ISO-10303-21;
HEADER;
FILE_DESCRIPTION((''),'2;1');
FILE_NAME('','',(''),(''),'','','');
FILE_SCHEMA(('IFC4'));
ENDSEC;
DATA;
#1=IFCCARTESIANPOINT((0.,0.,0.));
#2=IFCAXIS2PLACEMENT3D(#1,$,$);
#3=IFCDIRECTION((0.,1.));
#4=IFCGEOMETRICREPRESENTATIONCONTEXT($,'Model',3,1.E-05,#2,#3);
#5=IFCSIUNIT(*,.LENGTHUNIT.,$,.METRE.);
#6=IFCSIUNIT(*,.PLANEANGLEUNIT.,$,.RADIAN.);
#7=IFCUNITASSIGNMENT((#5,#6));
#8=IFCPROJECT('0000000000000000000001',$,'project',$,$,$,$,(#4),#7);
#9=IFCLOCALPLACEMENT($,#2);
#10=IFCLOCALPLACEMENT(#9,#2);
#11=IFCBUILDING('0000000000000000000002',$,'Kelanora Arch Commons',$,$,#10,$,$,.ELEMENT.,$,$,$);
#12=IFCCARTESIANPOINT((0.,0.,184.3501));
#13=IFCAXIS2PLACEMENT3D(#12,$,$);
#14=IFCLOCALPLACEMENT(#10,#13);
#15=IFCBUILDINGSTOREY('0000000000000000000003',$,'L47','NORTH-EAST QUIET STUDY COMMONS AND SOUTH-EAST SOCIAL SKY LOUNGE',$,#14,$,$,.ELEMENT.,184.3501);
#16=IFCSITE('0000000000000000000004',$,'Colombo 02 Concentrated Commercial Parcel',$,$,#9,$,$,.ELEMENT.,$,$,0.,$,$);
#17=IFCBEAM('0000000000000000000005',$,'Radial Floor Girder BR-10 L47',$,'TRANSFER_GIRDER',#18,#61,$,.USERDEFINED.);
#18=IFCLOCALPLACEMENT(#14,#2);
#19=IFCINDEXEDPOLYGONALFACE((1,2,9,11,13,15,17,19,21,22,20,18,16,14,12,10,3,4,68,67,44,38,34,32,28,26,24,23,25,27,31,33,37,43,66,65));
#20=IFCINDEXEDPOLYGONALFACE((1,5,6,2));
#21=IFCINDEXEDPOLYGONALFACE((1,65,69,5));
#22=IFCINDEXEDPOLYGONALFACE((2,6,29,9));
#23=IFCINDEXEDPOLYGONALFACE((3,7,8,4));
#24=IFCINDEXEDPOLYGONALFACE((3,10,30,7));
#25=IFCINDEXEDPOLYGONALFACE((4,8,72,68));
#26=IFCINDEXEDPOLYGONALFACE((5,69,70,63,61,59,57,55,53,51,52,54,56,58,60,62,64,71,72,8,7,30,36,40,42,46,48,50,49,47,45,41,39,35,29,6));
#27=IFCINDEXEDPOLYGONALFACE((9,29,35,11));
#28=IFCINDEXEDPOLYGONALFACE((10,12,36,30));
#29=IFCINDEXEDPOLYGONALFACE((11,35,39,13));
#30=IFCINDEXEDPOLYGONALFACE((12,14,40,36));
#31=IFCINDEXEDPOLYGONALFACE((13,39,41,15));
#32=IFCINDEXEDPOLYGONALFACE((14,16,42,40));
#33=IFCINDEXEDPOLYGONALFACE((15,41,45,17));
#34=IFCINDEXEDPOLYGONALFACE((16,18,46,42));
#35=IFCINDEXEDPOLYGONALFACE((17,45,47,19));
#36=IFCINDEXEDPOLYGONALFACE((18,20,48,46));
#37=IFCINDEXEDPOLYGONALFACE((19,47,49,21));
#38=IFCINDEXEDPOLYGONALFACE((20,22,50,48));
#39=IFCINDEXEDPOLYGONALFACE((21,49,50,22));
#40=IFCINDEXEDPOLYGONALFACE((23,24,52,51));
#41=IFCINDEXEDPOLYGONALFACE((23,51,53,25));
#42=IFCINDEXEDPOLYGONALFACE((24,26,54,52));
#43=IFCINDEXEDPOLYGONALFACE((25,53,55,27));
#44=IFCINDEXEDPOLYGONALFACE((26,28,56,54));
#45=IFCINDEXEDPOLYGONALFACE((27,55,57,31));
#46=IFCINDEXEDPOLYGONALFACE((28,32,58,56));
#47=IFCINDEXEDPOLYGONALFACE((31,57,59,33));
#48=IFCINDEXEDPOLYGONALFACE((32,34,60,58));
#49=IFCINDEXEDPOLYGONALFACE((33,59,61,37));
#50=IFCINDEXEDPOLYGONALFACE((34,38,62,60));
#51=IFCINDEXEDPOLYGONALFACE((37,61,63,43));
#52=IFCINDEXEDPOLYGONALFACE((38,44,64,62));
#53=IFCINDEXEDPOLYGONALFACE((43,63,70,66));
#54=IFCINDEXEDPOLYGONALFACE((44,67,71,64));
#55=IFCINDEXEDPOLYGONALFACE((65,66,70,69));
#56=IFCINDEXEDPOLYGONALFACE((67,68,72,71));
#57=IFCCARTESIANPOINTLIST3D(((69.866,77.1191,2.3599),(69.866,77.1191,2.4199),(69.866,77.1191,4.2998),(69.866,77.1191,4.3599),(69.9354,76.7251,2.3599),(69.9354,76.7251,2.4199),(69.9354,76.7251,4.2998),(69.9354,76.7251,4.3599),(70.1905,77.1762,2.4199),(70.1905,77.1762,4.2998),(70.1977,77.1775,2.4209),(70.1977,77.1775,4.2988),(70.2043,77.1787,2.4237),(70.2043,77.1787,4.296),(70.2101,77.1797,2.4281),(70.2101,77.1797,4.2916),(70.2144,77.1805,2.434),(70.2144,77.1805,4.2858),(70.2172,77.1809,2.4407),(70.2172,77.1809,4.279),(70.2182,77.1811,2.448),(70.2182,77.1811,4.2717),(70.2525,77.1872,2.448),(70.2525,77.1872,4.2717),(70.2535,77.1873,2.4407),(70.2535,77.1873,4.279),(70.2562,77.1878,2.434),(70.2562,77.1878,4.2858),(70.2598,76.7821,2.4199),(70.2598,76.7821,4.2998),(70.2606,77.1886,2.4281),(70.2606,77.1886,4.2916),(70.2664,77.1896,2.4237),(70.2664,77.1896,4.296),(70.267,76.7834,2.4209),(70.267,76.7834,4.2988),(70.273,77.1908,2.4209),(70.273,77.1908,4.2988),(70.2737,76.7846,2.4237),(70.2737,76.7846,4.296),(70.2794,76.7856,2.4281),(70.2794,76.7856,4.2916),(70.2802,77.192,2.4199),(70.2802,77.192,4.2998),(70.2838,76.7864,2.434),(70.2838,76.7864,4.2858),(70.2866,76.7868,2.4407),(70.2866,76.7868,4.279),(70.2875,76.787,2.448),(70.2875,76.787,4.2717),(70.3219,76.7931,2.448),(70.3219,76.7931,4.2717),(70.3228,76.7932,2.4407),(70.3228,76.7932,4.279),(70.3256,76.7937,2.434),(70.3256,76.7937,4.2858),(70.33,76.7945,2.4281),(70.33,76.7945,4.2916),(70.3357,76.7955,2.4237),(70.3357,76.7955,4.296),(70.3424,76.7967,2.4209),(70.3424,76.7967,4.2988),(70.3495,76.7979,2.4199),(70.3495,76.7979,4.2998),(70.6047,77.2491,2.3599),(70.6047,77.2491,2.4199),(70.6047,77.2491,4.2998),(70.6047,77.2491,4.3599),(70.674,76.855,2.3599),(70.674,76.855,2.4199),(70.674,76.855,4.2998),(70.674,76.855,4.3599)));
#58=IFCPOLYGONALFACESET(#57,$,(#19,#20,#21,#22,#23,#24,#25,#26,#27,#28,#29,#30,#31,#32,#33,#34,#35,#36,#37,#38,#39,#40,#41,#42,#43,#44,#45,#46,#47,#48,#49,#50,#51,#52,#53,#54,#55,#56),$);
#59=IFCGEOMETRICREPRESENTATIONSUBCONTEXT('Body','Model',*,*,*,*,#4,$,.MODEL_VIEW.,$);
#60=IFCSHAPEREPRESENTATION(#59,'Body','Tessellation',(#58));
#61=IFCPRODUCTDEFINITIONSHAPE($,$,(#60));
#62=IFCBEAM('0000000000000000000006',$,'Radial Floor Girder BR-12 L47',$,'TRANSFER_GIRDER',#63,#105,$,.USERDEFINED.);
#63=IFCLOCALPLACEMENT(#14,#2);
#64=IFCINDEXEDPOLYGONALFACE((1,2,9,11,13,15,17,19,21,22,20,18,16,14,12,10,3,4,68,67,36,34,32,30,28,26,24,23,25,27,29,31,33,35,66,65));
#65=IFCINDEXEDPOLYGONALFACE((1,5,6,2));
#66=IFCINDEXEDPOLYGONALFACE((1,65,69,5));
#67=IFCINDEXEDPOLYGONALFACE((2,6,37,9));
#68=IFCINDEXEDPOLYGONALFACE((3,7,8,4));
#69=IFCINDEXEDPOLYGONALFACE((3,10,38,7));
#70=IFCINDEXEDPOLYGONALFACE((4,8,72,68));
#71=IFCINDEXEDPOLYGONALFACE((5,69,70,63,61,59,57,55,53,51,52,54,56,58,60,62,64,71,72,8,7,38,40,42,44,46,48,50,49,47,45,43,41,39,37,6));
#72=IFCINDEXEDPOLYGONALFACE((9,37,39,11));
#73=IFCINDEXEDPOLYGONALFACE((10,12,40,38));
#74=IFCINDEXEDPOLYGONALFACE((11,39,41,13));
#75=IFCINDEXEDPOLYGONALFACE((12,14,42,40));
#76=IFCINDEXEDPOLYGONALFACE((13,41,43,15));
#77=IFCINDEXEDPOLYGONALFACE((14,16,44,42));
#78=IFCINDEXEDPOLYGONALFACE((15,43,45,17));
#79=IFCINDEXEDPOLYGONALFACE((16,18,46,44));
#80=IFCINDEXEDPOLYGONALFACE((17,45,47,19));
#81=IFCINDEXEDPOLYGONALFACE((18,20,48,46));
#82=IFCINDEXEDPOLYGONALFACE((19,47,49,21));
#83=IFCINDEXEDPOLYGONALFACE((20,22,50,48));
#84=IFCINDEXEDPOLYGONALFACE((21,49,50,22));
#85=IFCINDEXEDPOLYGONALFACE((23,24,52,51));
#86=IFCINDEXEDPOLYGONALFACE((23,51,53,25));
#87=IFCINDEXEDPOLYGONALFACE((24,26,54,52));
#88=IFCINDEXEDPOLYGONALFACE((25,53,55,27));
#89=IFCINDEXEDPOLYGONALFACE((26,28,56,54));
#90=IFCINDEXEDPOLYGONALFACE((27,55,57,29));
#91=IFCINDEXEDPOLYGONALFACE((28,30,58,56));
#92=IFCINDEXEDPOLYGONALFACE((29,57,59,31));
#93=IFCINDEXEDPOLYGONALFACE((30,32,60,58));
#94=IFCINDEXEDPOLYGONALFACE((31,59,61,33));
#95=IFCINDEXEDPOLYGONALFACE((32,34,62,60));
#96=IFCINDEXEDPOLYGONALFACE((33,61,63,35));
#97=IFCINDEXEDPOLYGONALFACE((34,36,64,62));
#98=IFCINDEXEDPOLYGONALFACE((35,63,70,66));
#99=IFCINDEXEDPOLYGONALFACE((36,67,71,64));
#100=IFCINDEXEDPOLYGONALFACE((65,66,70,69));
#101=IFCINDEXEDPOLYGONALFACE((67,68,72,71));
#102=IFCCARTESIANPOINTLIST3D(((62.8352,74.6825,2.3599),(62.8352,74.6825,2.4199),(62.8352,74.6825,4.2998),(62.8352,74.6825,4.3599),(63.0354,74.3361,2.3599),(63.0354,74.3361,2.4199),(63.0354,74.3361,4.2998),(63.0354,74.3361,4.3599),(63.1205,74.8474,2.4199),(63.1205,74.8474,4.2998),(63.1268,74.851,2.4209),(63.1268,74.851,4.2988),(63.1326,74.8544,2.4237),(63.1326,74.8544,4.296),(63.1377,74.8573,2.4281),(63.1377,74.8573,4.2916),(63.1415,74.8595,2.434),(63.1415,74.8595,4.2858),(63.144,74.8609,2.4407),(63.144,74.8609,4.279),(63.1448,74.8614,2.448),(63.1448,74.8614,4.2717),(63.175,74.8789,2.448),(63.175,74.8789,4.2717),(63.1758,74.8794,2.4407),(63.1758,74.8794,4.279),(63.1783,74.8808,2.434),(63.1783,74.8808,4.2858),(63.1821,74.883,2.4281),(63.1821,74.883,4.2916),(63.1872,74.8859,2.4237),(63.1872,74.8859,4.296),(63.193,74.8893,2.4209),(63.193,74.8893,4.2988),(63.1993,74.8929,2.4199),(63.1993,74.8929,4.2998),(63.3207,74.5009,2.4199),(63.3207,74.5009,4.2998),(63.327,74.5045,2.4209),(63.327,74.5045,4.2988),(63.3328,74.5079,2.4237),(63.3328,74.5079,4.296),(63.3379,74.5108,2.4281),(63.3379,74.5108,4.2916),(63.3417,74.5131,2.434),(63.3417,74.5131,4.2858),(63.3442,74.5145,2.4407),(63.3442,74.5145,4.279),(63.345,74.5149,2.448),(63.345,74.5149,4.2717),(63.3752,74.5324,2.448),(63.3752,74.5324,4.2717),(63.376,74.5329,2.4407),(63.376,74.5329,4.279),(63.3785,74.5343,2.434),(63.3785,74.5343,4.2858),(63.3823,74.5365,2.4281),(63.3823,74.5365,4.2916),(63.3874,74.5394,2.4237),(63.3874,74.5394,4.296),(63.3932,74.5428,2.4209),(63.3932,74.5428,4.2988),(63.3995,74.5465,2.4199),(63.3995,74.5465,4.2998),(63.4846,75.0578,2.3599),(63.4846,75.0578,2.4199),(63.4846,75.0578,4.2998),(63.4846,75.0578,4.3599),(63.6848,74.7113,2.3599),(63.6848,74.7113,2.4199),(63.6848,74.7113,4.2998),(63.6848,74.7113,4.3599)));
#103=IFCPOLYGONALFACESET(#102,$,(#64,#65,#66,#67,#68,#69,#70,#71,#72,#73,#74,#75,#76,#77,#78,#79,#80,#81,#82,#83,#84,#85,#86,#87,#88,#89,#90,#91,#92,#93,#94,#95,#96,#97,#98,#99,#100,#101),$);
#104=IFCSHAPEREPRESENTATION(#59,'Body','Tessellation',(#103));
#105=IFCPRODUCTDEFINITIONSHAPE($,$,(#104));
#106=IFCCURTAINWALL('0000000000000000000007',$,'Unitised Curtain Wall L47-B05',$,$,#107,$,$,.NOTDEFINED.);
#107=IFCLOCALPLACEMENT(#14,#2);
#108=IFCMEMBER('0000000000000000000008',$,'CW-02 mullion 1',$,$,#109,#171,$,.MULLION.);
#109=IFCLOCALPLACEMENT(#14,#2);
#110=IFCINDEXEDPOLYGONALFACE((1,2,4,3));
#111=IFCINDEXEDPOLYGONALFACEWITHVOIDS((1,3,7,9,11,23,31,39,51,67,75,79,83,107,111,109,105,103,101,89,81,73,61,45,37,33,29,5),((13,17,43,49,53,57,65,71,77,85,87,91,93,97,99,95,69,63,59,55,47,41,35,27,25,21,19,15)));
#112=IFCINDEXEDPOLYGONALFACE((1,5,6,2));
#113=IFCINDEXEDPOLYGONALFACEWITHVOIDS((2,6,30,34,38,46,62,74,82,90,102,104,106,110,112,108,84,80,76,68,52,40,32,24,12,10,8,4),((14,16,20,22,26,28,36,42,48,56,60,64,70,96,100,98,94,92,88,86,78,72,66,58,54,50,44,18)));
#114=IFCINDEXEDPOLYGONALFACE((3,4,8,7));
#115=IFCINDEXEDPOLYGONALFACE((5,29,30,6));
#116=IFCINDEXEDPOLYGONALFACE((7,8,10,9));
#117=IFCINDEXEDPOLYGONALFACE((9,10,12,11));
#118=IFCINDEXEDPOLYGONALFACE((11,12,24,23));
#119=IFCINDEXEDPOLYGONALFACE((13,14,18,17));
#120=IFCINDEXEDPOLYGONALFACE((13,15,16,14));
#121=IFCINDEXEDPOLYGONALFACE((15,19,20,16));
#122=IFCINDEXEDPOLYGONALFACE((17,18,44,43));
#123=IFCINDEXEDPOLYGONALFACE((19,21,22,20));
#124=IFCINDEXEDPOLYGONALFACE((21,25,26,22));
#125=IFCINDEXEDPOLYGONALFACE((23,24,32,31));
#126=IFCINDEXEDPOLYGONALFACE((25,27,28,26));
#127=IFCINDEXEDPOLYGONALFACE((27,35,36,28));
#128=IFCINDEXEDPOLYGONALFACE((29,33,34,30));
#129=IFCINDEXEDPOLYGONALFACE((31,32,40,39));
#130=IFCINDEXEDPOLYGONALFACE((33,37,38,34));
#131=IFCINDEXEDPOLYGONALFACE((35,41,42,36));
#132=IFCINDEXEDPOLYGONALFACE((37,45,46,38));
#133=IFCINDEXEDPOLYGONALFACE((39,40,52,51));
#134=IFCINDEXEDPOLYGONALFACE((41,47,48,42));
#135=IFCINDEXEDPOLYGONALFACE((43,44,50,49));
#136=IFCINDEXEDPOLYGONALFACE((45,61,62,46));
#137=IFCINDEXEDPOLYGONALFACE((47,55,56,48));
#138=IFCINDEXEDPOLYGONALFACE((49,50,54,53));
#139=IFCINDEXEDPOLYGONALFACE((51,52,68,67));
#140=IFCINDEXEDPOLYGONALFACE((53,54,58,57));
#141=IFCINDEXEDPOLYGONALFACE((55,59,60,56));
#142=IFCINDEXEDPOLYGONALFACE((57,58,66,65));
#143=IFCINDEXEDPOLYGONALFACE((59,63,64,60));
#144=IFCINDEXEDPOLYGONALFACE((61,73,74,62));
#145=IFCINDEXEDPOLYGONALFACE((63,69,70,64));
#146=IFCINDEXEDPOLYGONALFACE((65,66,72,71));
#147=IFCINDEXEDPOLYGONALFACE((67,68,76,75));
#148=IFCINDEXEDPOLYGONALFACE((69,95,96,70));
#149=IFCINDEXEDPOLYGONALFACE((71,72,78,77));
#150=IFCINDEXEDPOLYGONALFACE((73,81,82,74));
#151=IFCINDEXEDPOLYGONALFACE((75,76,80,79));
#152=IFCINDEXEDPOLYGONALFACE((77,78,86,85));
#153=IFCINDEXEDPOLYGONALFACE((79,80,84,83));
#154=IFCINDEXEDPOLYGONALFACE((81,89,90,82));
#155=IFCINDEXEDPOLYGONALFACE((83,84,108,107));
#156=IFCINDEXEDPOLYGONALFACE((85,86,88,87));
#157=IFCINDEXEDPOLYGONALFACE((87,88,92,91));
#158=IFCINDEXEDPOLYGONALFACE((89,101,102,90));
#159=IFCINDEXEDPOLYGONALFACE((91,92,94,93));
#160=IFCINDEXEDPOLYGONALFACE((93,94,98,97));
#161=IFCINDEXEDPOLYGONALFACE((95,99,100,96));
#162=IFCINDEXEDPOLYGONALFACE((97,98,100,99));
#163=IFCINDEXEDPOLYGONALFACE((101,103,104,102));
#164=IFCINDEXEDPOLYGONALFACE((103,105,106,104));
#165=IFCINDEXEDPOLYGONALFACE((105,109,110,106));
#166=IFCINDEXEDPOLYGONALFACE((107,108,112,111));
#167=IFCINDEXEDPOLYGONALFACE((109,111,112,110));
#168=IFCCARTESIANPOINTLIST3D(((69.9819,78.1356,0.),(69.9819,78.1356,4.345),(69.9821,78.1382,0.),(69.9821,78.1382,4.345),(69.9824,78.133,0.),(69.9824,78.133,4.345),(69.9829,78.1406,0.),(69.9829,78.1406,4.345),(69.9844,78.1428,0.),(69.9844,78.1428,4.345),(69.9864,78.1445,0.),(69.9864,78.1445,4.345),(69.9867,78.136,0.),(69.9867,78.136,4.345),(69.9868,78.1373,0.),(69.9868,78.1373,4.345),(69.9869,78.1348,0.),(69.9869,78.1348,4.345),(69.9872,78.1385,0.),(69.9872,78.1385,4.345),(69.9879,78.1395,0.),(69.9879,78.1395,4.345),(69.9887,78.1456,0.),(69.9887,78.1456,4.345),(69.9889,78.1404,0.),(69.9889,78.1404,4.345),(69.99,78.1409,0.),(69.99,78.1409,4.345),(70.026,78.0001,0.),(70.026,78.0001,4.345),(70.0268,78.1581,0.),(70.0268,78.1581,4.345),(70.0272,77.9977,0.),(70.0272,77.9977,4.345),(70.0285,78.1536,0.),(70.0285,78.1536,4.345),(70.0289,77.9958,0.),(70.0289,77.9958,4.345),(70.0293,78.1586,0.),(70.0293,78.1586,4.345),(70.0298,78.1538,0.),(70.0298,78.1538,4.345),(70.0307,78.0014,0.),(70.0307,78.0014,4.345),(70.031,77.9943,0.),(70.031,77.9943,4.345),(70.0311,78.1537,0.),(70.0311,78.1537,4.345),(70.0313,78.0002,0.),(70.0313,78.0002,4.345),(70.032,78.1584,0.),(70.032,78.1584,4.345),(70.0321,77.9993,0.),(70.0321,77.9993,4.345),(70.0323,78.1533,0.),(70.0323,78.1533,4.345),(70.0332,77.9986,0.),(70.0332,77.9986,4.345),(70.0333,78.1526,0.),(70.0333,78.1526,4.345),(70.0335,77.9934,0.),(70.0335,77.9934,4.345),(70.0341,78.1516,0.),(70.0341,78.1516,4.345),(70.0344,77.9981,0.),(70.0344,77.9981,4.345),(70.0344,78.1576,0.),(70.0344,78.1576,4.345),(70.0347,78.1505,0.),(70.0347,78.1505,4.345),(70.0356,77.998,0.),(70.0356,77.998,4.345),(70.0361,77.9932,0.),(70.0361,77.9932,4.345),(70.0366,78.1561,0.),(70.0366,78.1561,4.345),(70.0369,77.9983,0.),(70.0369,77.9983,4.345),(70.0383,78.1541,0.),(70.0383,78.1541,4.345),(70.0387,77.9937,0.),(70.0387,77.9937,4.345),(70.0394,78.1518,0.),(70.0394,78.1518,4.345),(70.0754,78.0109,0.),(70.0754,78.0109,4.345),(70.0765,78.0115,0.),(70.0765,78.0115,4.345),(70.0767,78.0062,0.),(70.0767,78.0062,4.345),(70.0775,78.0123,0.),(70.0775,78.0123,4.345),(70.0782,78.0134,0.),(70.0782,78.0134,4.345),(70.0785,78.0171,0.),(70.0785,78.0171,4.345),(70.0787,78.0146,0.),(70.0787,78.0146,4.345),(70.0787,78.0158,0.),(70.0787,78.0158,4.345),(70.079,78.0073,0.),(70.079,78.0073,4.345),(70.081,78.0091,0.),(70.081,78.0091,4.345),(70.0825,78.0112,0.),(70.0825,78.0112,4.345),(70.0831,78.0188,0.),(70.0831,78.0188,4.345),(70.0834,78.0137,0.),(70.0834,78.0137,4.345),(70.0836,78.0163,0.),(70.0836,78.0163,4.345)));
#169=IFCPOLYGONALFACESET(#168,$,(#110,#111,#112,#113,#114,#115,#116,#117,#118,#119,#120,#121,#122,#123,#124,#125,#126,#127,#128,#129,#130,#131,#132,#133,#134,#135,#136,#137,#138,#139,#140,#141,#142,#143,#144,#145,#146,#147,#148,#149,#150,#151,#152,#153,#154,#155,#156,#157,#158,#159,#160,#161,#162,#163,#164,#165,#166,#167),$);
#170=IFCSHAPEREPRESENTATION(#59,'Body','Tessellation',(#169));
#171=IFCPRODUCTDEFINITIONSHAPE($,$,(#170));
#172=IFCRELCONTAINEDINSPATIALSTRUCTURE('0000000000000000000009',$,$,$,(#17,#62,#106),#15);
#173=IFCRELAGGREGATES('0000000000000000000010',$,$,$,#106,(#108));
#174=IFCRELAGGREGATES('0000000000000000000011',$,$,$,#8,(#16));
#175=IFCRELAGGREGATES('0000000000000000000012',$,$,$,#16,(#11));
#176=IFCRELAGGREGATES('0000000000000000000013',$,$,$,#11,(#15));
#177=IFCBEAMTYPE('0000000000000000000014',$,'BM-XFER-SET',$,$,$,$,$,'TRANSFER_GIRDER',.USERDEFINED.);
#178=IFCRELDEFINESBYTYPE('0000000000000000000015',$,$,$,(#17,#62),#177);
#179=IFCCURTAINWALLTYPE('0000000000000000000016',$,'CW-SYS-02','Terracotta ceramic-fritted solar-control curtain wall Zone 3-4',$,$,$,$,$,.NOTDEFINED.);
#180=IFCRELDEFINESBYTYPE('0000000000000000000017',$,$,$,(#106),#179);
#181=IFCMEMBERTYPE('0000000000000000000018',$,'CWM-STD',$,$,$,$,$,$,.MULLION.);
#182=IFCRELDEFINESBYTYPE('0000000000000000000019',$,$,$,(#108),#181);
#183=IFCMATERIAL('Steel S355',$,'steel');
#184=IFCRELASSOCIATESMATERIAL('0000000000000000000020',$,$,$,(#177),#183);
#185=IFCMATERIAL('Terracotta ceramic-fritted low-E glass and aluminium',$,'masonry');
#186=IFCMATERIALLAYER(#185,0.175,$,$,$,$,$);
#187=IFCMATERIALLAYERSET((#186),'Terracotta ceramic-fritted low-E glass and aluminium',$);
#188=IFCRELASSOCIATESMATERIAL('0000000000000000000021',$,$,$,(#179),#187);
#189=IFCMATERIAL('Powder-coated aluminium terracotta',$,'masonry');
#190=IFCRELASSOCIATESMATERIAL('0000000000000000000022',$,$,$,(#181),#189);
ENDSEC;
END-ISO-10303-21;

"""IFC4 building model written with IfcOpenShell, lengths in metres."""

from ifc_helpers import new_model, si_unit, direction, frame, origin, origin_2d, place, context, subcontext, project, spatial, hollow_rectangle, i_section, extrude, material, layer, layer_set, material_profile, profile_set, type_object, element, aggregate, save


model = new_model("IFC4")

# Units and contexts
model_context = context("Model", 3, precision=1e-05, world=origin(), true_north=direction((0.0, 1.0)))
body_context = subcontext(model_context, "Body", "Model", "MODEL_VIEW")
ifc_project = project(units=[si_unit("LENGTHUNIT", "METRE"), si_unit("PLANEANGLEUNIT", "RADIAN")], contexts=[model_context])

# Site, building, storey
site_placement = place(None, origin())
site = spatial("IfcSite", under=ifc_project, at=site_placement, Name="Colombo 02 Concentrated Commercial Parcel", CompositionType="ELEMENT", RefElevation=0.0)
building_placement = place(site_placement, origin())
building = spatial("IfcBuilding", under=site, at=building_placement, Name="Kelanora Arch Commons", CompositionType="ELEMENT")
storey_placement = place(building_placement, frame((0.0, 0.0, 184.3501)))
storey = spatial("IfcBuildingStorey", under=building, at=storey_placement, Name="L47", Description="NORTH-EAST QUIET STUDY COMMONS AND SOUTH-EAST SOCIAL SKY LOUNGE", CompositionType="ELEMENT", Elevation=184.3501)

# Beams
ifc_material_1 = material(Name="Steel S355", Category="steel")
ifc_material_profile_1 = material_profile(ifc_material_1, i_section(OverallWidth=0.75, OverallDepth=2.0, WebThickness=0.0349, FlangeThickness=0.0601, FilletRadius=0.0281, at=origin_2d()), Name="PG2000x750")
ifc_profile_set_1 = profile_set([ifc_material_profile_1], Name="Steel S355")
beam_type_1 = type_object("IfcBeamType", Name="BM-XFER-SET", ElementType="TRANSFER_GIRDER", PredefinedType="USERDEFINED", material=ifc_profile_set_1)
for number, where, z_axis, x_axis, name in (
    (1, (70.3047, 76.79, 3.3599), (-0.173298, 0.984869, 0.0), (-0.984869, -0.173298, 0.0), "Radial Floor Girder BR-10 L47"),
    (2, (63.3601, 74.5237, 3.3599), (-0.500339, 0.86583, 0.0), (-0.86583, -0.500339, 0.0), "Radial Floor Girder BR-12 L47"),
):
    element("IfcBeam", number, at=place(storey_placement, frame(where, z_axis=z_axis, x_axis=x_axis)), inside=storey, type_object=beam_type_1, Name=name, ObjectType="TRANSFER_GIRDER", PredefinedType="USERDEFINED", context=body_context, shape_type="SweptSolid", body=[
        extrude(i_section(OverallWidth=0.75, OverallDepth=2.0, WebThickness=0.0349, FlangeThickness=0.0601, FilletRadius=0.0281, at=origin_2d()), origin(), (0.0, 0.0, 1.0), 0.4001),
    ])

# Curtain wall, member
ifc_material_2 = material(Name="Terracotta ceramic-fritted low-E glass and aluminium", Category="masonry")
ifc_layer_1 = layer(ifc_material_2, 0.175)
ifc_layer_set_1 = layer_set([ifc_layer_1], Name="Terracotta ceramic-fritted low-E glass and aluminium")
curtain_wall_type = type_object("IfcCurtainWallType", Name="CW-SYS-02", Description="Terracotta ceramic-fritted solar-control curtain wall Zone 3-4", PredefinedType="NOTDEFINED", material=ifc_layer_set_1)
curtain_wall_placement = place(storey_placement, origin())
curtain_wall = element("IfcCurtainWall", 3, at=curtain_wall_placement, inside=storey, type_object=curtain_wall_type, Name="Unitised Curtain Wall L47-B05", PredefinedType="NOTDEFINED")
ifc_material_3 = material(Name="Powder-coated aluminium terracotta", Category="masonry")
ifc_material_profile_2 = material_profile(ifc_material_3, hollow_rectangle(XDim=0.1599, YDim=0.0601, WallThickness=0.0049, InnerFilletRadius=0.0049, OuterFilletRadius=0.01, at=origin_2d()), Name="CWM160x60")
ifc_profile_set_2 = profile_set([ifc_material_profile_2], Name="Powder-coated aluminium terracotta")
member_type_1 = type_object("IfcMemberType", Name="CWM-STD", PredefinedType="MULLION", material=ifc_profile_set_2)
member_1_placement = place(storey_placement, frame((70.0327, 78.0759, 0.0), z_axis=(0.0, 0.0, 1.0), x_axis=(0.312128, -0.95004, 0.0)))
member_1 = element("IfcMember", 4, at=member_1_placement, type_object=member_type_1, Name="CW-02 mullion 1", PredefinedType="MULLION", context=body_context, shape_type="SweptSolid", body=[
    extrude(hollow_rectangle(XDim=0.1599, YDim=0.0601, WallThickness=0.0049, InnerFilletRadius=0.0049, OuterFilletRadius=0.01, at=origin_2d()), origin(), (0.0, 0.0, 1.0), 4.345),
])
aggregate(curtain_wall, [member_1])

save(model, "model.ifc")
